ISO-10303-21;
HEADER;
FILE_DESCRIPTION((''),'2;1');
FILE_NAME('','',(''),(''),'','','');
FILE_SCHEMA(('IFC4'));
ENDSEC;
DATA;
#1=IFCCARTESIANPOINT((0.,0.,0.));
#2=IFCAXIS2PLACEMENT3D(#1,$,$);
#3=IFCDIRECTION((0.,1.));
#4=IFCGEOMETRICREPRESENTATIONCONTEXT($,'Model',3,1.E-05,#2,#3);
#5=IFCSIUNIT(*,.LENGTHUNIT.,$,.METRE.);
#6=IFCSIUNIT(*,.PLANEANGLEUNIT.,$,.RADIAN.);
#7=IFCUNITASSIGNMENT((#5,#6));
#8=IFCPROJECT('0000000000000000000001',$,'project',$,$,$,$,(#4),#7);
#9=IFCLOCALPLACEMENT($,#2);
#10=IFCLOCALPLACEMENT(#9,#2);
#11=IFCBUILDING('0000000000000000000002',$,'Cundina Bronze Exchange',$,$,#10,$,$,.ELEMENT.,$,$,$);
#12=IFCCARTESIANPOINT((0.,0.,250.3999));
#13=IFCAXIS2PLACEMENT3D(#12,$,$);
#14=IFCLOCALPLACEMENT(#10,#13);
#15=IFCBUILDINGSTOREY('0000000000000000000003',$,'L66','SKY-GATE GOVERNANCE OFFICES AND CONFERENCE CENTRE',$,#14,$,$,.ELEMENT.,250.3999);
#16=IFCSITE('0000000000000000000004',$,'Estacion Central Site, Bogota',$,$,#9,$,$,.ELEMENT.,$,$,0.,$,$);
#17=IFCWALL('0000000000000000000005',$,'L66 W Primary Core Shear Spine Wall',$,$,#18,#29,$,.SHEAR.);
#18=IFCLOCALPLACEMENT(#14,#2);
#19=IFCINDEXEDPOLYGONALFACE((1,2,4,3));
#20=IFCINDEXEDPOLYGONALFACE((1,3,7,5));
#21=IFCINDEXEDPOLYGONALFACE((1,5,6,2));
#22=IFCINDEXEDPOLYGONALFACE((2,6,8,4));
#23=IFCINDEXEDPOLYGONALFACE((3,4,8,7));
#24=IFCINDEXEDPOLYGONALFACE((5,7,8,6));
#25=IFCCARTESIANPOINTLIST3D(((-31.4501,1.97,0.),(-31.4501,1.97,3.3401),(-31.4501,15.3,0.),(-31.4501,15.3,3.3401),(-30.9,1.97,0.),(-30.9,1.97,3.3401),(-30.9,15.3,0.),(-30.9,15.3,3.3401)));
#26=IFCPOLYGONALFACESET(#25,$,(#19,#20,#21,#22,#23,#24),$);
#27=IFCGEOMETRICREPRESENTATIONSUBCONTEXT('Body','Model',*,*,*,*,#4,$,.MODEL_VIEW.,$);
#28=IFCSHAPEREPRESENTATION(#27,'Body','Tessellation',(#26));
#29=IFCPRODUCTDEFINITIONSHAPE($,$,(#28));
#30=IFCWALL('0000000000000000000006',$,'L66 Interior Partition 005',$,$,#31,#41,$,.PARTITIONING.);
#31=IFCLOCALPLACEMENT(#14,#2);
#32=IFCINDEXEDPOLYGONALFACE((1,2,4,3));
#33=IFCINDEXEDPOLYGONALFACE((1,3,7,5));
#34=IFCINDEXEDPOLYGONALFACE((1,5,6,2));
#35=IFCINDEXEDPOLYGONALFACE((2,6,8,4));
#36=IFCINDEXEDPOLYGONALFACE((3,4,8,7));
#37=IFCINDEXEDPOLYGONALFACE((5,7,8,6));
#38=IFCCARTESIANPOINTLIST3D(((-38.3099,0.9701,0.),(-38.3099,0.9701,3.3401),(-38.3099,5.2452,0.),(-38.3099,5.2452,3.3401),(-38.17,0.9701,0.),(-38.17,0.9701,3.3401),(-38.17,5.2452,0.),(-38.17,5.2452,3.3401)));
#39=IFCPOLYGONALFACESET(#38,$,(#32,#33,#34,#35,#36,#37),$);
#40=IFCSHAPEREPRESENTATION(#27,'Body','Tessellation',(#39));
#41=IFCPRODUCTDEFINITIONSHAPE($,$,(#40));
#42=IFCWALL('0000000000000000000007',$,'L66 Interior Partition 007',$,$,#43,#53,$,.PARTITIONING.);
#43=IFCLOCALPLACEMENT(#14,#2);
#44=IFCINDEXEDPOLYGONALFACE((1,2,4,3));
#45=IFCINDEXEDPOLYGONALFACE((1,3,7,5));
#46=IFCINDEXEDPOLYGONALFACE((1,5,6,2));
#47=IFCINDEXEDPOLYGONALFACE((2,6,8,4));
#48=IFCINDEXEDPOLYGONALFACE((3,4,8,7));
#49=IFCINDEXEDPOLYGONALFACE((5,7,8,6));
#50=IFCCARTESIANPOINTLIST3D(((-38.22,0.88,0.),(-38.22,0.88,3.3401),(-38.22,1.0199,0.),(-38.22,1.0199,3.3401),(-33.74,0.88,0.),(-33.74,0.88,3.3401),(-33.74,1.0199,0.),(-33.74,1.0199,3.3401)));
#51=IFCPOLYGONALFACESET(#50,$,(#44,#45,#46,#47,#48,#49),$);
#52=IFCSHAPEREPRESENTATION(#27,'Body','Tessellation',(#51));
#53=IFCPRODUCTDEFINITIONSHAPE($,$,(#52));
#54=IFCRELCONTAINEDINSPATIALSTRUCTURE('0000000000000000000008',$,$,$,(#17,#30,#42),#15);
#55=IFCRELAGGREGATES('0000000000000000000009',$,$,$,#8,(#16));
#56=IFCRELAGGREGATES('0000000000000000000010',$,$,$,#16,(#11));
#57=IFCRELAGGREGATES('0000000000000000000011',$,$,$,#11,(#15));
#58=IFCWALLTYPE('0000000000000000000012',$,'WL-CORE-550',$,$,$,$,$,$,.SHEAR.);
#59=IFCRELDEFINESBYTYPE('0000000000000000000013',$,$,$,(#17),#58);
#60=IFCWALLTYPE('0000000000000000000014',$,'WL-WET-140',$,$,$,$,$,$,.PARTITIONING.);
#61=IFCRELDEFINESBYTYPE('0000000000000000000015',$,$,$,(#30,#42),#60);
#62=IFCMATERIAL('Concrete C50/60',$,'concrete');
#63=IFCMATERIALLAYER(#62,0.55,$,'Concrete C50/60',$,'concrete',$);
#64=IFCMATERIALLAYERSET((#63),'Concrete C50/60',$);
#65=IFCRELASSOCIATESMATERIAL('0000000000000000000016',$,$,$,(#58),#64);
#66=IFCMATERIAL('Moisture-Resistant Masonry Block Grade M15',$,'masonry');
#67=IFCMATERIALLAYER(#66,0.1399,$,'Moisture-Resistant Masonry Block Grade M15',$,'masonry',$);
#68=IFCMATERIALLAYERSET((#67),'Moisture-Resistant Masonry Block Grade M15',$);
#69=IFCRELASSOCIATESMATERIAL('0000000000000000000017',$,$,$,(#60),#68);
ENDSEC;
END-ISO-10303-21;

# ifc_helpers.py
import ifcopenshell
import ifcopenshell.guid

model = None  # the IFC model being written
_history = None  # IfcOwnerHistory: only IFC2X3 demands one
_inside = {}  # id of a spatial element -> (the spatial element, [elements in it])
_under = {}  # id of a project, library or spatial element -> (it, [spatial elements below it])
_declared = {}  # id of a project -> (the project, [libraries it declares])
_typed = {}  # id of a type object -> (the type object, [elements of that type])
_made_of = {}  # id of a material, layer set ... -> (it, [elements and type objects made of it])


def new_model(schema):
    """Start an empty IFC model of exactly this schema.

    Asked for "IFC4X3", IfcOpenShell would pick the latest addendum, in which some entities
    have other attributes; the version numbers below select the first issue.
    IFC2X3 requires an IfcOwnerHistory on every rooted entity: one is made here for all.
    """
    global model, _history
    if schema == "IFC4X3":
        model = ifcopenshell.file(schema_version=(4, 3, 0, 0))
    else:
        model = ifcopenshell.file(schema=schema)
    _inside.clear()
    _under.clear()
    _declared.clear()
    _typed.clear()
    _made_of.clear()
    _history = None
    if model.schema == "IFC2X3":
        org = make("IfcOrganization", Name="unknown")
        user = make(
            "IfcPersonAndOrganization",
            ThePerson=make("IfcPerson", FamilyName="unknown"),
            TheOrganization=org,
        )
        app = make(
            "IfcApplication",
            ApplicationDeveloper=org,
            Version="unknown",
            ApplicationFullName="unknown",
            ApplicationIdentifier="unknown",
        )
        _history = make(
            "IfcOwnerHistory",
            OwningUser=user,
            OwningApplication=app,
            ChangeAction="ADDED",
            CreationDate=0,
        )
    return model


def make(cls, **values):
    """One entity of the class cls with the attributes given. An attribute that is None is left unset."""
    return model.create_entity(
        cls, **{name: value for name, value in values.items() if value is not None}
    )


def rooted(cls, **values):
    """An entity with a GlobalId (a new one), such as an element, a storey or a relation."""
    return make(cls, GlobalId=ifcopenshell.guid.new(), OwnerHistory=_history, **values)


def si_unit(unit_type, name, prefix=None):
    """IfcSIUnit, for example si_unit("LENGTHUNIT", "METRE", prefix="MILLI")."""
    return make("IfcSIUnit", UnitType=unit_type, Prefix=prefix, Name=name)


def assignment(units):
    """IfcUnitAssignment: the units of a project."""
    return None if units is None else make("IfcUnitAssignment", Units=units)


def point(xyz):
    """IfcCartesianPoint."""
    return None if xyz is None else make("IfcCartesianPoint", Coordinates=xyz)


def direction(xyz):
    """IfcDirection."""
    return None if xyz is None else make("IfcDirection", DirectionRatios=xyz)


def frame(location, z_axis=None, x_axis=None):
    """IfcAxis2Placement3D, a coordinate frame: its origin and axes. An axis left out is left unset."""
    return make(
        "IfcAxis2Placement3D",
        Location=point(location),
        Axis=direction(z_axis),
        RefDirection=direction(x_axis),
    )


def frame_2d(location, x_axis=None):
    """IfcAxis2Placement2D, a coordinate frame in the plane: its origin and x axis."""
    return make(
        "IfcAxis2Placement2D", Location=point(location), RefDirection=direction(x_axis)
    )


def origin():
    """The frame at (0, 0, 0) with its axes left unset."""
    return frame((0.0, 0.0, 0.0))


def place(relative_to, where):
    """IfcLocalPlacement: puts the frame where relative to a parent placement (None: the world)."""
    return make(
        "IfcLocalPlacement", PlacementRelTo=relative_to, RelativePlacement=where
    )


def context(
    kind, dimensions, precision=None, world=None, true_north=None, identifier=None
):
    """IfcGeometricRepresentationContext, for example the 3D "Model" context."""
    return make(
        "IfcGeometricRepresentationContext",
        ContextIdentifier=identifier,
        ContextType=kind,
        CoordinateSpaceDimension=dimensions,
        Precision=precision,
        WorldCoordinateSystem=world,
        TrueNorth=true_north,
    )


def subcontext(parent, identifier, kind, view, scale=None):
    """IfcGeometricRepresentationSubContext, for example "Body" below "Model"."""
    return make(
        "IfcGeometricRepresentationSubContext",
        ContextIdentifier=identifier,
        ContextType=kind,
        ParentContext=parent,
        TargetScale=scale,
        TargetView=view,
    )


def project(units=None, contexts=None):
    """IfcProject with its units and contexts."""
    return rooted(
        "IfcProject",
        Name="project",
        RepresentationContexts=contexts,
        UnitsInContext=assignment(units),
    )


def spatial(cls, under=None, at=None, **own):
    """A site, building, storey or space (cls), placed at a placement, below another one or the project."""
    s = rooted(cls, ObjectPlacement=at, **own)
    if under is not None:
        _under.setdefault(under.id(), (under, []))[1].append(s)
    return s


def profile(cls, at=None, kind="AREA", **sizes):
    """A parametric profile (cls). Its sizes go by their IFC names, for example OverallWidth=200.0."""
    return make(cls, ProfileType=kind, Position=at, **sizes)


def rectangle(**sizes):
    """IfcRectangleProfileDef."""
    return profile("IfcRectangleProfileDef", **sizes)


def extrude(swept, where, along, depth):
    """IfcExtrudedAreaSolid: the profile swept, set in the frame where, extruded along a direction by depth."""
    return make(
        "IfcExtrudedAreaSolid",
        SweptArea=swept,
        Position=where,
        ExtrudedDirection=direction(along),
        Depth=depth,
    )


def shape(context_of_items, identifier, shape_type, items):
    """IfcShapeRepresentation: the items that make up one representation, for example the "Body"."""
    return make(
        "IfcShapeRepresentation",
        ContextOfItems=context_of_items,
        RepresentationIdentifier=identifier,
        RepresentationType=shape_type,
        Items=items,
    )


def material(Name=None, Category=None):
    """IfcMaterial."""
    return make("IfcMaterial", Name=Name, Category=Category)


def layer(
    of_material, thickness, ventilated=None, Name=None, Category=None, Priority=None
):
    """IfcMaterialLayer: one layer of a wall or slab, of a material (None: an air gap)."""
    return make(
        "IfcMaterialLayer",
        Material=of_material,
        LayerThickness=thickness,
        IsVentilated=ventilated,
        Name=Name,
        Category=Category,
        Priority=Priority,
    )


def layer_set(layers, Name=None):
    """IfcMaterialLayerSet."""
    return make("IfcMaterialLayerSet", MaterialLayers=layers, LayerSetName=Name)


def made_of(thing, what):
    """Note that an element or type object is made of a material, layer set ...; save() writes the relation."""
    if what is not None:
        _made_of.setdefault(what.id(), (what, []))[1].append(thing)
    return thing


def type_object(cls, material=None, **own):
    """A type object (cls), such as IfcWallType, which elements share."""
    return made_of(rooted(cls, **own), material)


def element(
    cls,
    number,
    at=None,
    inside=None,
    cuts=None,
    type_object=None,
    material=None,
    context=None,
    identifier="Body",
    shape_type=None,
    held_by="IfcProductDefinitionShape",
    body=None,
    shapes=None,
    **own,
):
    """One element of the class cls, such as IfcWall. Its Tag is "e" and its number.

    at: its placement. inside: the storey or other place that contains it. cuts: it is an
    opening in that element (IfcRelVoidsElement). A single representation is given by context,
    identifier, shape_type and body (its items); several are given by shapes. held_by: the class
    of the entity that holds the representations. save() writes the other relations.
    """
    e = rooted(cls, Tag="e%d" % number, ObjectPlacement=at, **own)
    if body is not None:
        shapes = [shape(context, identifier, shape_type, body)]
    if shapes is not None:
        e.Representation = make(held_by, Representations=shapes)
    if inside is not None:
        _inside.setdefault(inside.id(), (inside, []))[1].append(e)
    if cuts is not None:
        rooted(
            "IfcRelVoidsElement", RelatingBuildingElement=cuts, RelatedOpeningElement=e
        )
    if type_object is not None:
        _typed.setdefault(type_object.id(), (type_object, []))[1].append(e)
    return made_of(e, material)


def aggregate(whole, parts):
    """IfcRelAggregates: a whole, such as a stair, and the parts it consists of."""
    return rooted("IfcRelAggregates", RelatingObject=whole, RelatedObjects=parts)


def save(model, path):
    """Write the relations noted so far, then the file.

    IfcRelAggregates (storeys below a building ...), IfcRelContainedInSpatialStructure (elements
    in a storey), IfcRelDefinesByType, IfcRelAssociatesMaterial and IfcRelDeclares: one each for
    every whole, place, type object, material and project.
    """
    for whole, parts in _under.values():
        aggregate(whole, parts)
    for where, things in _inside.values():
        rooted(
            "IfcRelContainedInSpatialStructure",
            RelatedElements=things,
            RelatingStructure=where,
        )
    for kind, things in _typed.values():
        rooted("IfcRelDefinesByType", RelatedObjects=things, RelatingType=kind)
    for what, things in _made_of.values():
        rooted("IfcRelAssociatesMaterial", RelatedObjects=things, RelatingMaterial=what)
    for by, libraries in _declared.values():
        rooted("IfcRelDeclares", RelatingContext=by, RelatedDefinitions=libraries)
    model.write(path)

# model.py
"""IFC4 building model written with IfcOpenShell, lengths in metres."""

from ifc_helpers import new_model, si_unit, direction, frame, frame_2d, origin, place, context, subcontext, project, spatial, rectangle, extrude, material, layer, layer_set, type_object, element, save


model = new_model("IFC4")

# Units and contexts
model_context = context("Model", 3, precision=1e-05, world=origin(), true_north=direction((0.0, 1.0)))
body_context = subcontext(model_context, "Body", "Model", "MODEL_VIEW")
ifc_project = project(units=[si_unit("LENGTHUNIT", "METRE"), si_unit("PLANEANGLEUNIT", "RADIAN")], contexts=[model_context])

# Site, building, storey
site_placement = place(None, origin())
site = spatial("IfcSite", under=ifc_project, at=site_placement, Name="Estacion Central Site, Bogota", CompositionType="ELEMENT", RefElevation=0.0)
building_placement = place(site_placement, origin())
building = spatial("IfcBuilding", under=site, at=building_placement, Name="Cundina Bronze Exchange", CompositionType="ELEMENT")
storey_placement = place(building_placement, frame((0.0, 0.0, 250.3999)))
storey = spatial("IfcBuildingStorey", under=building, at=storey_placement, Name="L66", Description="SKY-GATE GOVERNANCE OFFICES AND CONFERENCE CENTRE", CompositionType="ELEMENT", Elevation=250.3999)

# Shared definitions
ifc_material_1 = material(Name="Concrete C50/60", Category="concrete")

# Walls
ifc_layer_1 = layer(ifc_material_1, 0.55, Name="Concrete C50/60", Category="concrete")
ifc_layer_set_1 = layer_set([ifc_layer_1], Name="Concrete C50/60")
wall_type_1 = type_object("IfcWallType", Name="WL-CORE-550", PredefinedType="SHEAR", material=ifc_layer_set_1)
wall_1_placement = place(storey_placement, frame((-31.175, 1.97, 0.0), z_axis=(0.0, 0.0, 1.0), x_axis=(0.0, 1.0, 0.0)))
element("IfcWall", 1, at=wall_1_placement, inside=storey, type_object=wall_type_1, Name="L66 W Primary Core Shear Spine Wall", PredefinedType="SHEAR", context=body_context, shape_type="SweptSolid", body=[
    extrude(rectangle(XDim=13.3301, YDim=0.55, at=frame_2d((6.665, 0.0))), origin(), (0.0, 0.0, 1.0), 3.3401),
])
ifc_material_2 = material(Name="Moisture-Resistant Masonry Block Grade M15", Category="masonry")
ifc_layer_2 = layer(ifc_material_2, 0.1399, Name="Moisture-Resistant Masonry Block Grade M15", Category="masonry")
ifc_layer_set_2 = layer_set([ifc_layer_2], Name="Moisture-Resistant Masonry Block Grade M15")
wall_type_2 = type_object("IfcWallType", Name="WL-WET-140", PredefinedType="PARTITIONING", material=ifc_layer_set_2)
wall_2_placement = place(storey_placement, frame((-38.24, 0.97, 0.0), z_axis=(0.0, 0.0, 1.0), x_axis=(0.0, 1.0, 0.0)))
element("IfcWall", 2, at=wall_2_placement, inside=storey, type_object=wall_type_2, Name="L66 Interior Partition 005", PredefinedType="PARTITIONING", context=body_context, shape_type="SweptSolid", body=[
    extrude(rectangle(XDim=4.2751, YDim=0.1399, at=frame_2d((2.1377, 0.0))), origin(), (0.0, 0.0, 1.0), 3.3401),
])
wall_3_placement = place(storey_placement, frame((-38.22, 0.95, 0.0), z_axis=(0.0, 0.0, 1.0), x_axis=(1.0, 0.0, 0.0)))
element("IfcWall", 3, at=wall_3_placement, inside=storey, type_object=wall_type_2, Name="L66 Interior Partition 007", PredefinedType="PARTITIONING", context=body_context, shape_type="SweptSolid", body=[
    extrude(rectangle(XDim=4.48, YDim=0.1399, at=frame_2d((2.24, 0.0))), origin(), (0.0, 0.0, 1.0), 3.3401),
])

save(model, "model.ifc")
